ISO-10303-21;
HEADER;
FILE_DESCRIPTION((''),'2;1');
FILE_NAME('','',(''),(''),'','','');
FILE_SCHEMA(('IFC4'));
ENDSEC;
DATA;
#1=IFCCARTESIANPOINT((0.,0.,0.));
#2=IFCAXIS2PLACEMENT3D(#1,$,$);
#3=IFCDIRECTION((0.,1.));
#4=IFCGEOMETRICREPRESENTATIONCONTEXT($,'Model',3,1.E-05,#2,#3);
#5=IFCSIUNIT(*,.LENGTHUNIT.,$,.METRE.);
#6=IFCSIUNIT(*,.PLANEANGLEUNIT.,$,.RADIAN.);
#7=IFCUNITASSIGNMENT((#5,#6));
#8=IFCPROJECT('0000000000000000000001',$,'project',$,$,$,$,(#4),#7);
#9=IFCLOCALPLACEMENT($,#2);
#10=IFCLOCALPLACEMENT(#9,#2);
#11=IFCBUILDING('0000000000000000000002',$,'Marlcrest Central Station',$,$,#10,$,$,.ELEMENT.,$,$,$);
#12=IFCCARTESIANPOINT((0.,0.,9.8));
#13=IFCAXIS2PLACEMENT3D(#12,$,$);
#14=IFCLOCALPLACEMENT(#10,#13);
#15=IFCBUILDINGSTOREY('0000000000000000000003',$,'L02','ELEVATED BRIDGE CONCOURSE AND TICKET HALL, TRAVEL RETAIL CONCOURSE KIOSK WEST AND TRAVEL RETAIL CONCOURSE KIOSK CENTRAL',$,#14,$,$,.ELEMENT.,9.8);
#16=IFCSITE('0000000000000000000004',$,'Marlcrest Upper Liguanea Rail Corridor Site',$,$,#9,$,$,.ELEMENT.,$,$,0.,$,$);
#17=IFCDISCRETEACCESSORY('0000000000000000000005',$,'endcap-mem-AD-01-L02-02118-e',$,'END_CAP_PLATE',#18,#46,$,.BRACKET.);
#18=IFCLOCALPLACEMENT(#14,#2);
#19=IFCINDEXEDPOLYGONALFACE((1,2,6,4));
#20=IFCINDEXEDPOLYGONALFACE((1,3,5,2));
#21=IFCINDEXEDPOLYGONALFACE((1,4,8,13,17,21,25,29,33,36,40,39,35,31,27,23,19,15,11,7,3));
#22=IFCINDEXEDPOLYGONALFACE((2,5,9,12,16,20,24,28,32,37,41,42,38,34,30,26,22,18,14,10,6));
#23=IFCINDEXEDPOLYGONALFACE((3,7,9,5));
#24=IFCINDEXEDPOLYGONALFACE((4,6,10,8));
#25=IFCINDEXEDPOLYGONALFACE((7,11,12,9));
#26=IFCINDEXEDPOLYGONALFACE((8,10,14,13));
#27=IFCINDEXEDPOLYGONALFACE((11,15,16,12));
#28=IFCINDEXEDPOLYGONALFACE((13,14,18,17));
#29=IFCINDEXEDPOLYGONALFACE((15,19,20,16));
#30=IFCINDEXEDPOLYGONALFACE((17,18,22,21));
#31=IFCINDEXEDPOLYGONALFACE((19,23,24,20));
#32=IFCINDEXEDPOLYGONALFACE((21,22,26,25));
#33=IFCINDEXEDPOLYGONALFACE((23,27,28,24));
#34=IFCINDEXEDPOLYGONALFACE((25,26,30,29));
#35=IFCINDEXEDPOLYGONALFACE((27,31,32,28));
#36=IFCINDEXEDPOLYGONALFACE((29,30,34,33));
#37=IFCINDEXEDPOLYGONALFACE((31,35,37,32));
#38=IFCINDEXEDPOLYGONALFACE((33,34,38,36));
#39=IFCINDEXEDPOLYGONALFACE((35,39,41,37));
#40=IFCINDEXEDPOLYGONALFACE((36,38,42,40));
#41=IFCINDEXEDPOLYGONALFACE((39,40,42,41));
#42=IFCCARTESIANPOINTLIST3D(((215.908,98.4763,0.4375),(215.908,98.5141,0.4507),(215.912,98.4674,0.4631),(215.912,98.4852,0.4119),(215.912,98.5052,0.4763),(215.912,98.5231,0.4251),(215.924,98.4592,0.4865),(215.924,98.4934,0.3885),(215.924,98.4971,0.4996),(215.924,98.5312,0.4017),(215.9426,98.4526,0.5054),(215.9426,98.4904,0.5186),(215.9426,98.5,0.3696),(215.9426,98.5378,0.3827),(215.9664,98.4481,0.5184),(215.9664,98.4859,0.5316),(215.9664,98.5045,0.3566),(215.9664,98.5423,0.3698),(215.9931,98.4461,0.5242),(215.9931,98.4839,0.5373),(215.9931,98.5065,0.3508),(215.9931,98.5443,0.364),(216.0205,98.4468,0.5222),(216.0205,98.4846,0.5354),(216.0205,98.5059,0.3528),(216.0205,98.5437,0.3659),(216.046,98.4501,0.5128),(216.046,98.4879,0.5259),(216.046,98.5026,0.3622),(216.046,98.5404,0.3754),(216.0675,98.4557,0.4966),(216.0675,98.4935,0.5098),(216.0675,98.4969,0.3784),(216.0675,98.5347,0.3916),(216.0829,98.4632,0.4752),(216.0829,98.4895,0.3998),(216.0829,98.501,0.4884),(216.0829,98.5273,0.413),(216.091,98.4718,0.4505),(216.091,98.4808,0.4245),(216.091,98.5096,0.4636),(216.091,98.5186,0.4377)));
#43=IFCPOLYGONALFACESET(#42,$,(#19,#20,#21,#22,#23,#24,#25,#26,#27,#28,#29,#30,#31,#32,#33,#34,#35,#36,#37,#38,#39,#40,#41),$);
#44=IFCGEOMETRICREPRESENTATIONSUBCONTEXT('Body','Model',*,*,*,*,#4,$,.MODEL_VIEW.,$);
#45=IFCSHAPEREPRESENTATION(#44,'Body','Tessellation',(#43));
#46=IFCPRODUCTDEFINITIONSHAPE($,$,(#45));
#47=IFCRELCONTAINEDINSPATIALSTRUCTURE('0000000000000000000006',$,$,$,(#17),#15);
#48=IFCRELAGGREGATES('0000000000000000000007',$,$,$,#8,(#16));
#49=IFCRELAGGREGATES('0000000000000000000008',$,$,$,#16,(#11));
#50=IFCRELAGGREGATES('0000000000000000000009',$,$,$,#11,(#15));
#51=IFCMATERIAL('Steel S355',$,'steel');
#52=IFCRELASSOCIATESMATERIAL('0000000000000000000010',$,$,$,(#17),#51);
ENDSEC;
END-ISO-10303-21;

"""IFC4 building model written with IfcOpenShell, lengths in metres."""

from ifc_helpers import new_model, si_unit, direction, frame, origin, origin_2d, place, context, subcontext, project, spatial, circle, extrude, material, element, save


model = new_model("IFC4")

# Units and contexts
model_context = context("Model", 3, precision=1e-05, world=origin(), true_north=direction((0.0, 1.0)))
body_context = subcontext(model_context, "Body", "Model", "MODEL_VIEW")
ifc_project = project(units=[si_unit("LENGTHUNIT", "METRE"), si_unit("PLANEANGLEUNIT", "RADIAN")], contexts=[model_context])

# Site, building, storey
site_placement = place(None, origin())
site = spatial("IfcSite", under=ifc_project, at=site_placement, Name="Marlcrest Upper Liguanea Rail Corridor Site", CompositionType="ELEMENT", RefElevation=0.0)
building_placement = place(site_placement, origin())
building = spatial("IfcBuilding", under=site, at=building_placement, Name="Marlcrest Central Station", CompositionType="ELEMENT")
storey_placement = place(building_placement, frame((0.0, 0.0, 9.8)))
storey = spatial("IfcBuildingStorey", under=building, at=storey_placement, Name="L02", Description="ELEVATED BRIDGE CONCOURSE AND TICKET HALL, TRAVEL RETAIL CONCOURSE KIOSK WEST AND TRAVEL RETAIL CONCOURSE KIOSK CENTRAL", CompositionType="ELEMENT", Elevation=9.8)

# Shared definitions
ifc_material = material(Name="Steel S355", Category="steel")

# Discrete accessory
for number, where, z_axis, x_axis, name in (
    (1, (216.0, 98.4763, 0.4375), (0.0, 0.94426, 0.3292), (-1.0, 0.0, 0.0), "endcap-mem-AD-01-L02-02118-e"),
):
    element("IfcDiscreteAccessory", number, at=place(storey_placement, frame(where, z_axis=z_axis, x_axis=x_axis)), inside=storey, material=ifc_material, Name=name, ObjectType="END_CAP_PLATE", PredefinedType="BRACKET", context=body_context, shape_type="SweptSolid", body=[
        extrude(circle(Radius=0.092, at=origin_2d()), origin(), (0.0, 0.0, 1.0), 0.04),
    ])

save(model, "model.ifc")
